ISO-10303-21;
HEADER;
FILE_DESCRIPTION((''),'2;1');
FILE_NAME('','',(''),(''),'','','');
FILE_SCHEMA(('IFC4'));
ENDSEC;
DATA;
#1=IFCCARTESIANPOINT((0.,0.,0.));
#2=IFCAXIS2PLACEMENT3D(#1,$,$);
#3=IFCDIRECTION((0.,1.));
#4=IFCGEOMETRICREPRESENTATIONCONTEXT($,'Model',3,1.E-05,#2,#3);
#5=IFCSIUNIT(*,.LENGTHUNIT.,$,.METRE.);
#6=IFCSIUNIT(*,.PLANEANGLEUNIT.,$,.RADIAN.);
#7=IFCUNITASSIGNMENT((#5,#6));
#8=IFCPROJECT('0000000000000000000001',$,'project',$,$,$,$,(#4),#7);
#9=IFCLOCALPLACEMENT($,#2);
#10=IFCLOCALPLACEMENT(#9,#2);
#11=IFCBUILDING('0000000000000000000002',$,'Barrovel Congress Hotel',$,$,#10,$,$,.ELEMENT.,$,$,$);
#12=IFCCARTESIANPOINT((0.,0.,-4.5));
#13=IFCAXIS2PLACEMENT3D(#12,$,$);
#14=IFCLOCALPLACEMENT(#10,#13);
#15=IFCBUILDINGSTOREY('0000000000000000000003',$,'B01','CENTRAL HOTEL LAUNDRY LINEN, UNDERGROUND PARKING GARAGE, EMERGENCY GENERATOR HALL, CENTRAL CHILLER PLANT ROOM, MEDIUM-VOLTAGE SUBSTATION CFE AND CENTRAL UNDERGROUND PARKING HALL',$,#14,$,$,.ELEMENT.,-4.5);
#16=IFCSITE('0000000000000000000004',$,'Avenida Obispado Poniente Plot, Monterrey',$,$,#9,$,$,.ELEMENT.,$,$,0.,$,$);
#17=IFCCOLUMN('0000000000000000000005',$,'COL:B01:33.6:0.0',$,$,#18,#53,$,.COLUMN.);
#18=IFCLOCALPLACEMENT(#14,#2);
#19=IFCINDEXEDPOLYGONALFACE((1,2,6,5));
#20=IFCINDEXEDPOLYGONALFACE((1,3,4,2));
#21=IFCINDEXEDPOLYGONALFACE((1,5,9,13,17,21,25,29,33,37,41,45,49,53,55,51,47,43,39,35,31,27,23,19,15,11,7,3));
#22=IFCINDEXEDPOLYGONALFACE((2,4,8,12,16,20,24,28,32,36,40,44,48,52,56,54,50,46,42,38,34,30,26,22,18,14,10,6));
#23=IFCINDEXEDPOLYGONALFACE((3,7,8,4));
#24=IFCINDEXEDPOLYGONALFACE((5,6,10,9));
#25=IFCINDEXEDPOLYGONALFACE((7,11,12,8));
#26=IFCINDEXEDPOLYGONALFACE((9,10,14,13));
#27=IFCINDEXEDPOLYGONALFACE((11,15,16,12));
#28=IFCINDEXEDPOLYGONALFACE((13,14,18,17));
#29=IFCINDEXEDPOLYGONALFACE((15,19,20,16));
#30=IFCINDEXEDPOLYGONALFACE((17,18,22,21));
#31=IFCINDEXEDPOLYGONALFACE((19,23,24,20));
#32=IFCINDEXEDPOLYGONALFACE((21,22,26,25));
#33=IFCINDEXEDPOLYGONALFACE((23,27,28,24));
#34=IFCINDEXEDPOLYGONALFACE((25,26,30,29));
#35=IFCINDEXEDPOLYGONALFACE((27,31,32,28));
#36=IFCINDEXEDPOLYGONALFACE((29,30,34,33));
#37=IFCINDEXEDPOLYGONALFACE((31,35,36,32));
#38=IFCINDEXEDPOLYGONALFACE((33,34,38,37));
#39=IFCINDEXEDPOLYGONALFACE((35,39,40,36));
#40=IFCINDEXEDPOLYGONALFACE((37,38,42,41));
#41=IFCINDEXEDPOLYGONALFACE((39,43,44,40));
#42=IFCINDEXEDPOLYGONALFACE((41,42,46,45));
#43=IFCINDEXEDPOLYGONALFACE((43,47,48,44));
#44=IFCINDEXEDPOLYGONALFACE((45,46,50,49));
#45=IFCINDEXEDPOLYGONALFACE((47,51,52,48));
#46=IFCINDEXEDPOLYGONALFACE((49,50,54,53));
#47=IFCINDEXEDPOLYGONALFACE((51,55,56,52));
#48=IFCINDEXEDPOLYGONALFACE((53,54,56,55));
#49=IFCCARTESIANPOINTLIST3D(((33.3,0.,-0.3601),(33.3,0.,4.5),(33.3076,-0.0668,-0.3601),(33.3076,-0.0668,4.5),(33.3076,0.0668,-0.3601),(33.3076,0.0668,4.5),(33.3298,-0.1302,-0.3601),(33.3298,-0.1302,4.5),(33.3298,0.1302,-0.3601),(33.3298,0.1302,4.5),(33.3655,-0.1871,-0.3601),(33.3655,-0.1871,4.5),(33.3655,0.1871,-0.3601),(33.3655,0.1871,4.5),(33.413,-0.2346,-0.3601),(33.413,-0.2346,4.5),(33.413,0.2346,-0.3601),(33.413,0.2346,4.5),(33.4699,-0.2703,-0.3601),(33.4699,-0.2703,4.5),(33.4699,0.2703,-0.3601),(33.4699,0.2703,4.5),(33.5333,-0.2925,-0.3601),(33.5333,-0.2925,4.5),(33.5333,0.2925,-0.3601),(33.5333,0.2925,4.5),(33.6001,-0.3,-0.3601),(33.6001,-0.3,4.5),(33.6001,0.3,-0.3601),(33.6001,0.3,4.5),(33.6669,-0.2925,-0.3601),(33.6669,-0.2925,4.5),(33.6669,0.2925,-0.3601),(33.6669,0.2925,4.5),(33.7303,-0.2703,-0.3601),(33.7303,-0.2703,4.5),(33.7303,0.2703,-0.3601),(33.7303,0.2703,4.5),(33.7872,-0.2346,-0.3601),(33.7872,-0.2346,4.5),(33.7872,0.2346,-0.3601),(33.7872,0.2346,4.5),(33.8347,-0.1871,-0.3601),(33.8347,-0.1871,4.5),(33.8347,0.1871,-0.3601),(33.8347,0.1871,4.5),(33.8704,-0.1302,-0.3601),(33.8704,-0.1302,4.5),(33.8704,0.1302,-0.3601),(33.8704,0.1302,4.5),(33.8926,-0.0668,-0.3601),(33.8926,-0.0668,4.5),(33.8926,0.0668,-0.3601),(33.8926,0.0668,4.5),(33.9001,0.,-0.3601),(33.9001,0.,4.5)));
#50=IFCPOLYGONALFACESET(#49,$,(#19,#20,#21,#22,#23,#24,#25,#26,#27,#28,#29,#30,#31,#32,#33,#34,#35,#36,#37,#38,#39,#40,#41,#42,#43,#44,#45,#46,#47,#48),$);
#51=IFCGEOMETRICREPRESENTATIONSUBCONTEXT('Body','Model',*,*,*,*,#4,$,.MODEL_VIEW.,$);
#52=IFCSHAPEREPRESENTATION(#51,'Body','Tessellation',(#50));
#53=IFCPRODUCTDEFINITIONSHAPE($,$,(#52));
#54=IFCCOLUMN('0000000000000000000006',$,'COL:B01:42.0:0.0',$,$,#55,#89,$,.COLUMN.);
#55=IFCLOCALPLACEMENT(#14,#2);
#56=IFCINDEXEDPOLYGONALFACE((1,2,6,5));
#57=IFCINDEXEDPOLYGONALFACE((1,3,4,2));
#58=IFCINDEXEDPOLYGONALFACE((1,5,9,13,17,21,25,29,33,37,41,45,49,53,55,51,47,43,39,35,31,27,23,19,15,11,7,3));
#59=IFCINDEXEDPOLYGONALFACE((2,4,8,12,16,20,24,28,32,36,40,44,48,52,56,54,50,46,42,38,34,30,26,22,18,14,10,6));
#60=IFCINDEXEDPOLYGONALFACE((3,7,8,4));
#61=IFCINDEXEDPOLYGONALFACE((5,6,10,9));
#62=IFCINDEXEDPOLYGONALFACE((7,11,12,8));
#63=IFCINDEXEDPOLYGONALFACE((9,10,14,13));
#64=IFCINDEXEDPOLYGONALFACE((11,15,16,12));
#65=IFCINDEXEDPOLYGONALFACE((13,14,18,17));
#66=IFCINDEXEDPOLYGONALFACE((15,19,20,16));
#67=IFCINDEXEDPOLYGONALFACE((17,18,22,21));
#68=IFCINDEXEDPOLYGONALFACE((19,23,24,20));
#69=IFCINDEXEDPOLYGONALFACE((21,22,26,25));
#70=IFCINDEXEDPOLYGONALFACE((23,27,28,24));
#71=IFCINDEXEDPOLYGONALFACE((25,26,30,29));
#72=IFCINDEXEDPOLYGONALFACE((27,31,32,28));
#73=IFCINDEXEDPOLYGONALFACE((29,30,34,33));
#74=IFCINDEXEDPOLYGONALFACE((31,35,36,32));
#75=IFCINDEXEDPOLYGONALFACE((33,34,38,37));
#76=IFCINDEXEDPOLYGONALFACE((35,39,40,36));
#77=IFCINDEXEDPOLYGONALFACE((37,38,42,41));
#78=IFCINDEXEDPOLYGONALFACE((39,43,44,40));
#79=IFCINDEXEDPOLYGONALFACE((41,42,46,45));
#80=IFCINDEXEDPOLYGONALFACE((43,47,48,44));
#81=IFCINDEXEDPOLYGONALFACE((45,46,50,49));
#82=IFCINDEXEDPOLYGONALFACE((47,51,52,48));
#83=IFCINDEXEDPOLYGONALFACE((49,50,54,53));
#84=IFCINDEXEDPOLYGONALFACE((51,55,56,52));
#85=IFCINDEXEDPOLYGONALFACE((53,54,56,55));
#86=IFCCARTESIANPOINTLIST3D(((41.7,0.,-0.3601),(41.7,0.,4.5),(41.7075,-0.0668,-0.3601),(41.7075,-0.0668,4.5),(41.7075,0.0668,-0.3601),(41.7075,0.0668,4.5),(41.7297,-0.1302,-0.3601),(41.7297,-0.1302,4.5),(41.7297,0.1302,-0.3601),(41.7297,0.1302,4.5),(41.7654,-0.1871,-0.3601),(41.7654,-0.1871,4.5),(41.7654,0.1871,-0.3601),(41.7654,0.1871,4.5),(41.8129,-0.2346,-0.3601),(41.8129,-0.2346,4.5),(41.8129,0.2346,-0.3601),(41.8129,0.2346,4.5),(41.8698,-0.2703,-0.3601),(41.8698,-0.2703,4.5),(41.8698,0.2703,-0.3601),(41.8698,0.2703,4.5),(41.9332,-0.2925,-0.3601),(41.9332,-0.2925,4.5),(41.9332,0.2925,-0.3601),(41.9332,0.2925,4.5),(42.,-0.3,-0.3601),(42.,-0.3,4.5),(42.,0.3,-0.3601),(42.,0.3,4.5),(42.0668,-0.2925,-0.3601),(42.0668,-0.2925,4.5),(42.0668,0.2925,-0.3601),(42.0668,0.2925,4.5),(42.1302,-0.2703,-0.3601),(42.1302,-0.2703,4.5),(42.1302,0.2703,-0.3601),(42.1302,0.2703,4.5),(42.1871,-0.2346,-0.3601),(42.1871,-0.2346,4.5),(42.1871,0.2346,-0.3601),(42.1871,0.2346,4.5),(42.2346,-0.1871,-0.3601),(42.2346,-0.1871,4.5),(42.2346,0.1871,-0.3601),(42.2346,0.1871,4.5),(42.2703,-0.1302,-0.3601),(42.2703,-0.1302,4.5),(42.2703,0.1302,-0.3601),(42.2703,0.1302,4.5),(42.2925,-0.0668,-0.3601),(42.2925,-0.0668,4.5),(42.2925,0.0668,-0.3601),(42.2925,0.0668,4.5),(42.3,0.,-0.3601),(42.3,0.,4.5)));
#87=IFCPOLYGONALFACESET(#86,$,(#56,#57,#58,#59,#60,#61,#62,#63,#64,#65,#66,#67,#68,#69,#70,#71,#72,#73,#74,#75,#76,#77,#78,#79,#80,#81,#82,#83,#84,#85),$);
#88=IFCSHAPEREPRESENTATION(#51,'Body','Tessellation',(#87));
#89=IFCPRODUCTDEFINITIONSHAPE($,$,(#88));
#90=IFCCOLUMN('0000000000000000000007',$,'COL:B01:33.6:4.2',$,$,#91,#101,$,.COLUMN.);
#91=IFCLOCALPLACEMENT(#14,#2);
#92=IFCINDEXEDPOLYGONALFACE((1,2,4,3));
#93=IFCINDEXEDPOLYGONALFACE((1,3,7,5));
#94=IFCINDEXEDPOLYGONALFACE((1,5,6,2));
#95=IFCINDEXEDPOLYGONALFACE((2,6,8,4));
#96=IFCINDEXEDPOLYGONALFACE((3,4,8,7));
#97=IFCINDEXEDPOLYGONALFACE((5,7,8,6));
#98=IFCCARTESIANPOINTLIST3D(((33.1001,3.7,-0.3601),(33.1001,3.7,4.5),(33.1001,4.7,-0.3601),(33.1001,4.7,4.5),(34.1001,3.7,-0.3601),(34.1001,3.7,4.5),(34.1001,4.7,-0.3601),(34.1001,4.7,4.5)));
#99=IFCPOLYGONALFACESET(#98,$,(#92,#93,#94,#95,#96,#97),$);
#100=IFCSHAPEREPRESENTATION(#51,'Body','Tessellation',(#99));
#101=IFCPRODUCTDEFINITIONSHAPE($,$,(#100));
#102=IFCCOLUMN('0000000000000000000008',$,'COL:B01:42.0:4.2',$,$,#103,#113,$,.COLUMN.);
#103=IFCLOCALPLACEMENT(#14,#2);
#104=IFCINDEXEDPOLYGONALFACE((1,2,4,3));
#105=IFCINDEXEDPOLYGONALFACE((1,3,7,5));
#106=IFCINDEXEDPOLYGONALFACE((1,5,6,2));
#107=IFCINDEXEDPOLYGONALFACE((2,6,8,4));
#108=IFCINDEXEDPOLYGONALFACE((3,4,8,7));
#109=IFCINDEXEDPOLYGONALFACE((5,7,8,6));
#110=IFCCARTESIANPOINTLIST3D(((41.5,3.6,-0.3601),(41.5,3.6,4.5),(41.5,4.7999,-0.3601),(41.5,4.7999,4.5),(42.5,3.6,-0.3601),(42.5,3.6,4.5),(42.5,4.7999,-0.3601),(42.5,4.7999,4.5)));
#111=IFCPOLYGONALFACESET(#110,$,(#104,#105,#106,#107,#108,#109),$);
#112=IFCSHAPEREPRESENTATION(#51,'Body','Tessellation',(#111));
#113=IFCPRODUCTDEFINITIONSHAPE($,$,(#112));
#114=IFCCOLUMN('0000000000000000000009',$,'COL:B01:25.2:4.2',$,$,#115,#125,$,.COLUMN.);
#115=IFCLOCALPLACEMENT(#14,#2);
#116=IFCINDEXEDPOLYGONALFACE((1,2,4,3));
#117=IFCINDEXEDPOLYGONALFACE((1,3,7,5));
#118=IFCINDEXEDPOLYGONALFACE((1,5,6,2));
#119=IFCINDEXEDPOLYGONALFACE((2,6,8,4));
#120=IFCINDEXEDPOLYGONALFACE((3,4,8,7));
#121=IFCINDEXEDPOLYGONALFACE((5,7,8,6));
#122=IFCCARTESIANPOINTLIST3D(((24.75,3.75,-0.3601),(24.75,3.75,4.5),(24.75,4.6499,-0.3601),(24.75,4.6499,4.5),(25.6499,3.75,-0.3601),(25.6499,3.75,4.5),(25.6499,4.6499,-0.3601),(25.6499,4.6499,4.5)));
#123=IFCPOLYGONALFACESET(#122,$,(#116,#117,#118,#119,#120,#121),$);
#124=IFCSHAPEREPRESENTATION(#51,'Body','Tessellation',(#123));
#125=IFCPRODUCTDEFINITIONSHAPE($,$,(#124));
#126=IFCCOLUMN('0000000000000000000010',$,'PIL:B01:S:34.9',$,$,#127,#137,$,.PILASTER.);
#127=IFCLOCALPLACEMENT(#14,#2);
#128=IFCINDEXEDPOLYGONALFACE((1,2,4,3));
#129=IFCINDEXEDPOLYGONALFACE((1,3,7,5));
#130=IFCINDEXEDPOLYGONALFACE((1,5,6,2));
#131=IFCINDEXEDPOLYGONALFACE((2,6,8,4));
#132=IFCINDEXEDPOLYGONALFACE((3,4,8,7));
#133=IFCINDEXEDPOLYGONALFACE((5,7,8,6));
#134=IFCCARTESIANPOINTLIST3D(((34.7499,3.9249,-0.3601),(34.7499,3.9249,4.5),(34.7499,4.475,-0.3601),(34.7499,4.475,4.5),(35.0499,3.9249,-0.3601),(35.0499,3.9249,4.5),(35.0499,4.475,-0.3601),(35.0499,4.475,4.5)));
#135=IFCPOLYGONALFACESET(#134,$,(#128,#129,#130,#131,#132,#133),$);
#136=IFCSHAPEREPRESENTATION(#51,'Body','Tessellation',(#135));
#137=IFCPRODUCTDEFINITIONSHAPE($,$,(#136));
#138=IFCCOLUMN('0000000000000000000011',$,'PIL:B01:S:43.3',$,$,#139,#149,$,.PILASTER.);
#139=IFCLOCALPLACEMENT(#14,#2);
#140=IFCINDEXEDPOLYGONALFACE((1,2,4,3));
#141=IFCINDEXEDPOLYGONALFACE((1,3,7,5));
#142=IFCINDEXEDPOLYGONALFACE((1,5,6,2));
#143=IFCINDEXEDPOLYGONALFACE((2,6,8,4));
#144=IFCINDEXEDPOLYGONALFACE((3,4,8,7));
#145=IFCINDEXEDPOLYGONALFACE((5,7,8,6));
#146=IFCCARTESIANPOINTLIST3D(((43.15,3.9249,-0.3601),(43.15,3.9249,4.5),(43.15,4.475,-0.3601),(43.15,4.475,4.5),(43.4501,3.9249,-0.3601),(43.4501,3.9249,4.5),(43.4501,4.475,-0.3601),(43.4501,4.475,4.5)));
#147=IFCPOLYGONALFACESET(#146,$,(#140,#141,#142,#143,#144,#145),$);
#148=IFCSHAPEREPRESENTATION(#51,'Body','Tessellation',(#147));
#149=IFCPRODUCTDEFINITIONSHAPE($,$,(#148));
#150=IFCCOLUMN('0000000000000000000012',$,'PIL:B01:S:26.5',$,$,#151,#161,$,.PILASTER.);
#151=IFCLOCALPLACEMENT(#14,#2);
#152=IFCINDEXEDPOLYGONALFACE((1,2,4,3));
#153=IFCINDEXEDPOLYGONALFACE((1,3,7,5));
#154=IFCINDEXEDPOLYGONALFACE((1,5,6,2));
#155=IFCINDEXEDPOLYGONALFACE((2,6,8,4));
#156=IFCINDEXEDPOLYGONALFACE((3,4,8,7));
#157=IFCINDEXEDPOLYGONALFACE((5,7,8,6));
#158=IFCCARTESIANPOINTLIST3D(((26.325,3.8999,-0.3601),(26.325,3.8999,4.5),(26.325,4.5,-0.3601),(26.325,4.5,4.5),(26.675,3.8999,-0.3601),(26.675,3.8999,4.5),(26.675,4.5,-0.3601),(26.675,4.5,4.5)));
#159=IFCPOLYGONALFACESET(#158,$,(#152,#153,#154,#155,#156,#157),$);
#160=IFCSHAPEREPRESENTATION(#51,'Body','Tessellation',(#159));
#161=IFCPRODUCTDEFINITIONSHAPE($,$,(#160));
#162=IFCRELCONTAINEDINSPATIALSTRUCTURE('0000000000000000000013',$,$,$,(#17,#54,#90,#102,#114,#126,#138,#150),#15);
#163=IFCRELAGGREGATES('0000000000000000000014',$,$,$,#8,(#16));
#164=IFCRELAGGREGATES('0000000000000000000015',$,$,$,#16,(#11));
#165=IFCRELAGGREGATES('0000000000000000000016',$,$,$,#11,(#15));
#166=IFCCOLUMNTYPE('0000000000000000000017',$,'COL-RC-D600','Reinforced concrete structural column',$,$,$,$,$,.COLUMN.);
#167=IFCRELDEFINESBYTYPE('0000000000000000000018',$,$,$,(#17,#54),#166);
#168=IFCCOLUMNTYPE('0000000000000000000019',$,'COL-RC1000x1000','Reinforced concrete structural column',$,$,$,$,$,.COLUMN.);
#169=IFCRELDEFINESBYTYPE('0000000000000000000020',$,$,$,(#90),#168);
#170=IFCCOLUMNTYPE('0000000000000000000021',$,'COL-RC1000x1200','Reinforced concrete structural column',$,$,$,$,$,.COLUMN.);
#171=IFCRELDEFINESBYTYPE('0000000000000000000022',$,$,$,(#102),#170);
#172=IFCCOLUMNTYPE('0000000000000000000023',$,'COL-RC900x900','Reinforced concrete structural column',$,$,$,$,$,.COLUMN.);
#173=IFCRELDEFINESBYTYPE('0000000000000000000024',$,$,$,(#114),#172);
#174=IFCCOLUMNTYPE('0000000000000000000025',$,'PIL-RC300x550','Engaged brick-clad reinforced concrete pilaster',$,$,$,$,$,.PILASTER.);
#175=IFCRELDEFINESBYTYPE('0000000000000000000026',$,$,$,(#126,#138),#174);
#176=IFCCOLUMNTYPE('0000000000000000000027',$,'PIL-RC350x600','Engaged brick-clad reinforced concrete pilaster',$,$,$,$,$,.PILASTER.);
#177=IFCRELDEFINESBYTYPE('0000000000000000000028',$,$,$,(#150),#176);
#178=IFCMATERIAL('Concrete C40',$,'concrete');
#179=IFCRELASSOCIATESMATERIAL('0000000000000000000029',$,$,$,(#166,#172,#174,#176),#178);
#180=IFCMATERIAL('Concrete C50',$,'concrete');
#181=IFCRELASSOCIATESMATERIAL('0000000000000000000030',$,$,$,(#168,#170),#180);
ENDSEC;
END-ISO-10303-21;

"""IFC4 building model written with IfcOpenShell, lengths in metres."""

from ifc_helpers import new_model, si_unit, direction, frame, origin, origin_2d, place, context, subcontext, project, spatial, rectangle, circle, extrude, material, material_profile, profile_set, type_object, element, save


model = new_model("IFC4")

# Units and contexts
model_context = context("Model", 3, precision=1e-05, world=origin(), true_north=direction((0.0, 1.0)))
body_context = subcontext(model_context, "Body", "Model", "MODEL_VIEW")
ifc_project = project(units=[si_unit("LENGTHUNIT", "METRE"), si_unit("PLANEANGLEUNIT", "RADIAN")], contexts=[model_context])

# Site, building, storey
site_placement = place(None, origin())
site = spatial("IfcSite", under=ifc_project, at=site_placement, Name="Avenida Obispado Poniente Plot, Monterrey", CompositionType="ELEMENT", RefElevation=0.0)
building_placement = place(site_placement, origin())
building = spatial("IfcBuilding", under=site, at=building_placement, Name="Barrovel Congress Hotel", CompositionType="ELEMENT")
storey_placement = place(building_placement, frame((0.0, 0.0, -4.5)))
storey = spatial("IfcBuildingStorey", under=building, at=storey_placement, Name="B01", Description="CENTRAL HOTEL LAUNDRY LINEN, UNDERGROUND PARKING GARAGE, EMERGENCY GENERATOR HALL, CENTRAL CHILLER PLANT ROOM, MEDIUM-VOLTAGE SUBSTATION CFE AND CENTRAL UNDERGROUND PARKING HALL", CompositionType="ELEMENT", Elevation=-4.5)

# Shared definitions
ifc_material_1 = material(Name="Concrete C40", Category="concrete")

# Columns
ifc_material_profile_1 = material_profile(ifc_material_1, circle(Radius=0.3, at=origin_2d()), Name="RC-D600")
ifc_profile_set_1 = profile_set([ifc_material_profile_1], Name="Concrete C40")
column_type_1 = type_object("IfcColumnType", Name="COL-RC-D600", Description="Reinforced concrete structural column", PredefinedType="COLUMN", material=ifc_profile_set_1)
for number, where, z_axis, x_axis, name in (
    (1, (33.6001, 0.0, -0.3601), (0.0, 0.0, 1.0), (1.0, 0.0, 0.0), "COL:B01:33.6:0.0"),
    (2, (42.0, 0.0, -0.3601), (0.0, 0.0, 1.0), (1.0, 0.0, 0.0), "COL:B01:42.0:0.0"),
):
    element("IfcColumn", number, at=place(storey_placement, frame(where, z_axis=z_axis, x_axis=x_axis)), inside=storey, type_object=column_type_1, Name=name, PredefinedType="COLUMN", context=body_context, shape_type="SweptSolid", body=[
        extrude(circle(Radius=0.3, at=origin_2d()), origin(), (0.0, 0.0, 1.0), 4.8601),
    ])
ifc_material_2 = material(Name="Concrete C50", Category="concrete")
ifc_material_profile_2 = material_profile(ifc_material_2, rectangle(XDim=1.0, YDim=1.0, at=origin_2d()), Name="RC1000x1000")
ifc_profile_set_2 = profile_set([ifc_material_profile_2], Name="Concrete C50")
column_type_2 = type_object("IfcColumnType", Name="COL-RC1000x1000", Description="Reinforced concrete structural column", PredefinedType="COLUMN", material=ifc_profile_set_2)
column_1_placement = place(storey_placement, frame((33.6001, 4.2, -0.3601), z_axis=(0.0, 0.0, 1.0), x_axis=(1.0, 0.0, 0.0)))
element("IfcColumn", 3, at=column_1_placement, inside=storey, type_object=column_type_2, Name="COL:B01:33.6:4.2", PredefinedType="COLUMN", context=body_context, shape_type="SweptSolid", body=[
    extrude(rectangle(XDim=1.0, YDim=1.0, at=origin_2d()), origin(), (0.0, 0.0, 1.0), 4.8601),
])
ifc_material_profile_3 = material_profile(ifc_material_2, rectangle(XDim=1.0, YDim=1.2, at=origin_2d()), Name="RC1000x1200")
ifc_profile_set_3 = profile_set([ifc_material_profile_3], Name="Concrete C50")
column_type_3 = type_object("IfcColumnType", Name="COL-RC1000x1200", Description="Reinforced concrete structural column", PredefinedType="COLUMN", material=ifc_profile_set_3)
column_2_placement = place(storey_placement, frame((42.0, 4.2, -0.3601), z_axis=(0.0, 0.0, 1.0), x_axis=(1.0, 0.0, 0.0)))
element("IfcColumn", 4, at=column_2_placement, inside=storey, type_object=column_type_3, Name="COL:B01:42.0:4.2", PredefinedType="COLUMN", context=body_context, shape_type="SweptSolid", body=[
    extrude(rectangle(XDim=1.0, YDim=1.2, at=origin_2d()), origin(), (0.0, 0.0, 1.0), 4.8601),
])
ifc_material_profile_4 = material_profile(ifc_material_1, rectangle(XDim=0.8999, YDim=0.8999, at=origin_2d()), Name="RC900x900")
ifc_profile_set_4 = profile_set([ifc_material_profile_4], Name="Concrete C40")
column_type_4 = type_object("IfcColumnType", Name="COL-RC900x900", Description="Reinforced concrete structural column", PredefinedType="COLUMN", material=ifc_profile_set_4)
column_3_placement = place(storey_placement, frame((25.2, 4.2, -0.3601), z_axis=(0.0, 0.0, 1.0), x_axis=(1.0, 0.0, 0.0)))
element("IfcColumn", 5, at=column_3_placement, inside=storey, type_object=column_type_4, Name="COL:B01:25.2:4.2", PredefinedType="COLUMN", context=body_context, shape_type="SweptSolid", body=[
    extrude(rectangle(XDim=0.8999, YDim=0.8999, at=origin_2d()), origin(), (0.0, 0.0, 1.0), 4.8601),
])
ifc_material_profile_5 = material_profile(ifc_material_1, rectangle(XDim=0.3, YDim=0.55, at=origin_2d()), Name="RC300x550")
ifc_profile_set_5 = profile_set([ifc_material_profile_5], Name="Concrete C40")
column_type_5 = type_object("IfcColumnType", Name="PIL-RC300x550", Description="Engaged brick-clad reinforced concrete pilaster", PredefinedType="PILASTER", material=ifc_profile_set_5)
for number, where, z_axis, x_axis, name in (
    (6, (34.8999, 4.2, -0.3601), (0.0, 0.0, 1.0), (1.0, 0.0, 0.0), "PIL:B01:S:34.9"),
    (7, (43.3, 4.2, -0.3601), (0.0, 0.0, 1.0), (1.0, 0.0, 0.0), "PIL:B01:S:43.3"),
):
    element("IfcColumn", number, at=place(storey_placement, frame(where, z_axis=z_axis, x_axis=x_axis)), inside=storey, type_object=column_type_5, Name=name, PredefinedType="PILASTER", context=body_context, shape_type="SweptSolid", body=[
        extrude(rectangle(XDim=0.3, YDim=0.55, at=origin_2d()), origin(), (0.0, 0.0, 1.0), 4.8601),
    ])
ifc_material_profile_6 = material_profile(ifc_material_1, rectangle(XDim=0.3501, YDim=0.6001, at=origin_2d()), Name="RC350x600")
ifc_profile_set_6 = profile_set([ifc_material_profile_6], Name="Concrete C40")
column_type_6 = type_object("IfcColumnType", Name="PIL-RC350x600", Description="Engaged brick-clad reinforced concrete pilaster", PredefinedType="PILASTER", material=ifc_profile_set_6)
column_4_placement = place(storey_placement, frame((26.5, 4.2, -0.3601), z_axis=(0.0, 0.0, 1.0), x_axis=(1.0, 0.0, 0.0)))
element("IfcColumn", 8, at=column_4_placement, inside=storey, type_object=column_type_6, Name="PIL:B01:S:26.5", PredefinedType="PILASTER", context=body_context, shape_type="SweptSolid", body=[
    extrude(rectangle(XDim=0.3501, YDim=0.6001, at=origin_2d()), origin(), (0.0, 0.0, 1.0), 4.8601),
])

save(model, "model.ifc")
